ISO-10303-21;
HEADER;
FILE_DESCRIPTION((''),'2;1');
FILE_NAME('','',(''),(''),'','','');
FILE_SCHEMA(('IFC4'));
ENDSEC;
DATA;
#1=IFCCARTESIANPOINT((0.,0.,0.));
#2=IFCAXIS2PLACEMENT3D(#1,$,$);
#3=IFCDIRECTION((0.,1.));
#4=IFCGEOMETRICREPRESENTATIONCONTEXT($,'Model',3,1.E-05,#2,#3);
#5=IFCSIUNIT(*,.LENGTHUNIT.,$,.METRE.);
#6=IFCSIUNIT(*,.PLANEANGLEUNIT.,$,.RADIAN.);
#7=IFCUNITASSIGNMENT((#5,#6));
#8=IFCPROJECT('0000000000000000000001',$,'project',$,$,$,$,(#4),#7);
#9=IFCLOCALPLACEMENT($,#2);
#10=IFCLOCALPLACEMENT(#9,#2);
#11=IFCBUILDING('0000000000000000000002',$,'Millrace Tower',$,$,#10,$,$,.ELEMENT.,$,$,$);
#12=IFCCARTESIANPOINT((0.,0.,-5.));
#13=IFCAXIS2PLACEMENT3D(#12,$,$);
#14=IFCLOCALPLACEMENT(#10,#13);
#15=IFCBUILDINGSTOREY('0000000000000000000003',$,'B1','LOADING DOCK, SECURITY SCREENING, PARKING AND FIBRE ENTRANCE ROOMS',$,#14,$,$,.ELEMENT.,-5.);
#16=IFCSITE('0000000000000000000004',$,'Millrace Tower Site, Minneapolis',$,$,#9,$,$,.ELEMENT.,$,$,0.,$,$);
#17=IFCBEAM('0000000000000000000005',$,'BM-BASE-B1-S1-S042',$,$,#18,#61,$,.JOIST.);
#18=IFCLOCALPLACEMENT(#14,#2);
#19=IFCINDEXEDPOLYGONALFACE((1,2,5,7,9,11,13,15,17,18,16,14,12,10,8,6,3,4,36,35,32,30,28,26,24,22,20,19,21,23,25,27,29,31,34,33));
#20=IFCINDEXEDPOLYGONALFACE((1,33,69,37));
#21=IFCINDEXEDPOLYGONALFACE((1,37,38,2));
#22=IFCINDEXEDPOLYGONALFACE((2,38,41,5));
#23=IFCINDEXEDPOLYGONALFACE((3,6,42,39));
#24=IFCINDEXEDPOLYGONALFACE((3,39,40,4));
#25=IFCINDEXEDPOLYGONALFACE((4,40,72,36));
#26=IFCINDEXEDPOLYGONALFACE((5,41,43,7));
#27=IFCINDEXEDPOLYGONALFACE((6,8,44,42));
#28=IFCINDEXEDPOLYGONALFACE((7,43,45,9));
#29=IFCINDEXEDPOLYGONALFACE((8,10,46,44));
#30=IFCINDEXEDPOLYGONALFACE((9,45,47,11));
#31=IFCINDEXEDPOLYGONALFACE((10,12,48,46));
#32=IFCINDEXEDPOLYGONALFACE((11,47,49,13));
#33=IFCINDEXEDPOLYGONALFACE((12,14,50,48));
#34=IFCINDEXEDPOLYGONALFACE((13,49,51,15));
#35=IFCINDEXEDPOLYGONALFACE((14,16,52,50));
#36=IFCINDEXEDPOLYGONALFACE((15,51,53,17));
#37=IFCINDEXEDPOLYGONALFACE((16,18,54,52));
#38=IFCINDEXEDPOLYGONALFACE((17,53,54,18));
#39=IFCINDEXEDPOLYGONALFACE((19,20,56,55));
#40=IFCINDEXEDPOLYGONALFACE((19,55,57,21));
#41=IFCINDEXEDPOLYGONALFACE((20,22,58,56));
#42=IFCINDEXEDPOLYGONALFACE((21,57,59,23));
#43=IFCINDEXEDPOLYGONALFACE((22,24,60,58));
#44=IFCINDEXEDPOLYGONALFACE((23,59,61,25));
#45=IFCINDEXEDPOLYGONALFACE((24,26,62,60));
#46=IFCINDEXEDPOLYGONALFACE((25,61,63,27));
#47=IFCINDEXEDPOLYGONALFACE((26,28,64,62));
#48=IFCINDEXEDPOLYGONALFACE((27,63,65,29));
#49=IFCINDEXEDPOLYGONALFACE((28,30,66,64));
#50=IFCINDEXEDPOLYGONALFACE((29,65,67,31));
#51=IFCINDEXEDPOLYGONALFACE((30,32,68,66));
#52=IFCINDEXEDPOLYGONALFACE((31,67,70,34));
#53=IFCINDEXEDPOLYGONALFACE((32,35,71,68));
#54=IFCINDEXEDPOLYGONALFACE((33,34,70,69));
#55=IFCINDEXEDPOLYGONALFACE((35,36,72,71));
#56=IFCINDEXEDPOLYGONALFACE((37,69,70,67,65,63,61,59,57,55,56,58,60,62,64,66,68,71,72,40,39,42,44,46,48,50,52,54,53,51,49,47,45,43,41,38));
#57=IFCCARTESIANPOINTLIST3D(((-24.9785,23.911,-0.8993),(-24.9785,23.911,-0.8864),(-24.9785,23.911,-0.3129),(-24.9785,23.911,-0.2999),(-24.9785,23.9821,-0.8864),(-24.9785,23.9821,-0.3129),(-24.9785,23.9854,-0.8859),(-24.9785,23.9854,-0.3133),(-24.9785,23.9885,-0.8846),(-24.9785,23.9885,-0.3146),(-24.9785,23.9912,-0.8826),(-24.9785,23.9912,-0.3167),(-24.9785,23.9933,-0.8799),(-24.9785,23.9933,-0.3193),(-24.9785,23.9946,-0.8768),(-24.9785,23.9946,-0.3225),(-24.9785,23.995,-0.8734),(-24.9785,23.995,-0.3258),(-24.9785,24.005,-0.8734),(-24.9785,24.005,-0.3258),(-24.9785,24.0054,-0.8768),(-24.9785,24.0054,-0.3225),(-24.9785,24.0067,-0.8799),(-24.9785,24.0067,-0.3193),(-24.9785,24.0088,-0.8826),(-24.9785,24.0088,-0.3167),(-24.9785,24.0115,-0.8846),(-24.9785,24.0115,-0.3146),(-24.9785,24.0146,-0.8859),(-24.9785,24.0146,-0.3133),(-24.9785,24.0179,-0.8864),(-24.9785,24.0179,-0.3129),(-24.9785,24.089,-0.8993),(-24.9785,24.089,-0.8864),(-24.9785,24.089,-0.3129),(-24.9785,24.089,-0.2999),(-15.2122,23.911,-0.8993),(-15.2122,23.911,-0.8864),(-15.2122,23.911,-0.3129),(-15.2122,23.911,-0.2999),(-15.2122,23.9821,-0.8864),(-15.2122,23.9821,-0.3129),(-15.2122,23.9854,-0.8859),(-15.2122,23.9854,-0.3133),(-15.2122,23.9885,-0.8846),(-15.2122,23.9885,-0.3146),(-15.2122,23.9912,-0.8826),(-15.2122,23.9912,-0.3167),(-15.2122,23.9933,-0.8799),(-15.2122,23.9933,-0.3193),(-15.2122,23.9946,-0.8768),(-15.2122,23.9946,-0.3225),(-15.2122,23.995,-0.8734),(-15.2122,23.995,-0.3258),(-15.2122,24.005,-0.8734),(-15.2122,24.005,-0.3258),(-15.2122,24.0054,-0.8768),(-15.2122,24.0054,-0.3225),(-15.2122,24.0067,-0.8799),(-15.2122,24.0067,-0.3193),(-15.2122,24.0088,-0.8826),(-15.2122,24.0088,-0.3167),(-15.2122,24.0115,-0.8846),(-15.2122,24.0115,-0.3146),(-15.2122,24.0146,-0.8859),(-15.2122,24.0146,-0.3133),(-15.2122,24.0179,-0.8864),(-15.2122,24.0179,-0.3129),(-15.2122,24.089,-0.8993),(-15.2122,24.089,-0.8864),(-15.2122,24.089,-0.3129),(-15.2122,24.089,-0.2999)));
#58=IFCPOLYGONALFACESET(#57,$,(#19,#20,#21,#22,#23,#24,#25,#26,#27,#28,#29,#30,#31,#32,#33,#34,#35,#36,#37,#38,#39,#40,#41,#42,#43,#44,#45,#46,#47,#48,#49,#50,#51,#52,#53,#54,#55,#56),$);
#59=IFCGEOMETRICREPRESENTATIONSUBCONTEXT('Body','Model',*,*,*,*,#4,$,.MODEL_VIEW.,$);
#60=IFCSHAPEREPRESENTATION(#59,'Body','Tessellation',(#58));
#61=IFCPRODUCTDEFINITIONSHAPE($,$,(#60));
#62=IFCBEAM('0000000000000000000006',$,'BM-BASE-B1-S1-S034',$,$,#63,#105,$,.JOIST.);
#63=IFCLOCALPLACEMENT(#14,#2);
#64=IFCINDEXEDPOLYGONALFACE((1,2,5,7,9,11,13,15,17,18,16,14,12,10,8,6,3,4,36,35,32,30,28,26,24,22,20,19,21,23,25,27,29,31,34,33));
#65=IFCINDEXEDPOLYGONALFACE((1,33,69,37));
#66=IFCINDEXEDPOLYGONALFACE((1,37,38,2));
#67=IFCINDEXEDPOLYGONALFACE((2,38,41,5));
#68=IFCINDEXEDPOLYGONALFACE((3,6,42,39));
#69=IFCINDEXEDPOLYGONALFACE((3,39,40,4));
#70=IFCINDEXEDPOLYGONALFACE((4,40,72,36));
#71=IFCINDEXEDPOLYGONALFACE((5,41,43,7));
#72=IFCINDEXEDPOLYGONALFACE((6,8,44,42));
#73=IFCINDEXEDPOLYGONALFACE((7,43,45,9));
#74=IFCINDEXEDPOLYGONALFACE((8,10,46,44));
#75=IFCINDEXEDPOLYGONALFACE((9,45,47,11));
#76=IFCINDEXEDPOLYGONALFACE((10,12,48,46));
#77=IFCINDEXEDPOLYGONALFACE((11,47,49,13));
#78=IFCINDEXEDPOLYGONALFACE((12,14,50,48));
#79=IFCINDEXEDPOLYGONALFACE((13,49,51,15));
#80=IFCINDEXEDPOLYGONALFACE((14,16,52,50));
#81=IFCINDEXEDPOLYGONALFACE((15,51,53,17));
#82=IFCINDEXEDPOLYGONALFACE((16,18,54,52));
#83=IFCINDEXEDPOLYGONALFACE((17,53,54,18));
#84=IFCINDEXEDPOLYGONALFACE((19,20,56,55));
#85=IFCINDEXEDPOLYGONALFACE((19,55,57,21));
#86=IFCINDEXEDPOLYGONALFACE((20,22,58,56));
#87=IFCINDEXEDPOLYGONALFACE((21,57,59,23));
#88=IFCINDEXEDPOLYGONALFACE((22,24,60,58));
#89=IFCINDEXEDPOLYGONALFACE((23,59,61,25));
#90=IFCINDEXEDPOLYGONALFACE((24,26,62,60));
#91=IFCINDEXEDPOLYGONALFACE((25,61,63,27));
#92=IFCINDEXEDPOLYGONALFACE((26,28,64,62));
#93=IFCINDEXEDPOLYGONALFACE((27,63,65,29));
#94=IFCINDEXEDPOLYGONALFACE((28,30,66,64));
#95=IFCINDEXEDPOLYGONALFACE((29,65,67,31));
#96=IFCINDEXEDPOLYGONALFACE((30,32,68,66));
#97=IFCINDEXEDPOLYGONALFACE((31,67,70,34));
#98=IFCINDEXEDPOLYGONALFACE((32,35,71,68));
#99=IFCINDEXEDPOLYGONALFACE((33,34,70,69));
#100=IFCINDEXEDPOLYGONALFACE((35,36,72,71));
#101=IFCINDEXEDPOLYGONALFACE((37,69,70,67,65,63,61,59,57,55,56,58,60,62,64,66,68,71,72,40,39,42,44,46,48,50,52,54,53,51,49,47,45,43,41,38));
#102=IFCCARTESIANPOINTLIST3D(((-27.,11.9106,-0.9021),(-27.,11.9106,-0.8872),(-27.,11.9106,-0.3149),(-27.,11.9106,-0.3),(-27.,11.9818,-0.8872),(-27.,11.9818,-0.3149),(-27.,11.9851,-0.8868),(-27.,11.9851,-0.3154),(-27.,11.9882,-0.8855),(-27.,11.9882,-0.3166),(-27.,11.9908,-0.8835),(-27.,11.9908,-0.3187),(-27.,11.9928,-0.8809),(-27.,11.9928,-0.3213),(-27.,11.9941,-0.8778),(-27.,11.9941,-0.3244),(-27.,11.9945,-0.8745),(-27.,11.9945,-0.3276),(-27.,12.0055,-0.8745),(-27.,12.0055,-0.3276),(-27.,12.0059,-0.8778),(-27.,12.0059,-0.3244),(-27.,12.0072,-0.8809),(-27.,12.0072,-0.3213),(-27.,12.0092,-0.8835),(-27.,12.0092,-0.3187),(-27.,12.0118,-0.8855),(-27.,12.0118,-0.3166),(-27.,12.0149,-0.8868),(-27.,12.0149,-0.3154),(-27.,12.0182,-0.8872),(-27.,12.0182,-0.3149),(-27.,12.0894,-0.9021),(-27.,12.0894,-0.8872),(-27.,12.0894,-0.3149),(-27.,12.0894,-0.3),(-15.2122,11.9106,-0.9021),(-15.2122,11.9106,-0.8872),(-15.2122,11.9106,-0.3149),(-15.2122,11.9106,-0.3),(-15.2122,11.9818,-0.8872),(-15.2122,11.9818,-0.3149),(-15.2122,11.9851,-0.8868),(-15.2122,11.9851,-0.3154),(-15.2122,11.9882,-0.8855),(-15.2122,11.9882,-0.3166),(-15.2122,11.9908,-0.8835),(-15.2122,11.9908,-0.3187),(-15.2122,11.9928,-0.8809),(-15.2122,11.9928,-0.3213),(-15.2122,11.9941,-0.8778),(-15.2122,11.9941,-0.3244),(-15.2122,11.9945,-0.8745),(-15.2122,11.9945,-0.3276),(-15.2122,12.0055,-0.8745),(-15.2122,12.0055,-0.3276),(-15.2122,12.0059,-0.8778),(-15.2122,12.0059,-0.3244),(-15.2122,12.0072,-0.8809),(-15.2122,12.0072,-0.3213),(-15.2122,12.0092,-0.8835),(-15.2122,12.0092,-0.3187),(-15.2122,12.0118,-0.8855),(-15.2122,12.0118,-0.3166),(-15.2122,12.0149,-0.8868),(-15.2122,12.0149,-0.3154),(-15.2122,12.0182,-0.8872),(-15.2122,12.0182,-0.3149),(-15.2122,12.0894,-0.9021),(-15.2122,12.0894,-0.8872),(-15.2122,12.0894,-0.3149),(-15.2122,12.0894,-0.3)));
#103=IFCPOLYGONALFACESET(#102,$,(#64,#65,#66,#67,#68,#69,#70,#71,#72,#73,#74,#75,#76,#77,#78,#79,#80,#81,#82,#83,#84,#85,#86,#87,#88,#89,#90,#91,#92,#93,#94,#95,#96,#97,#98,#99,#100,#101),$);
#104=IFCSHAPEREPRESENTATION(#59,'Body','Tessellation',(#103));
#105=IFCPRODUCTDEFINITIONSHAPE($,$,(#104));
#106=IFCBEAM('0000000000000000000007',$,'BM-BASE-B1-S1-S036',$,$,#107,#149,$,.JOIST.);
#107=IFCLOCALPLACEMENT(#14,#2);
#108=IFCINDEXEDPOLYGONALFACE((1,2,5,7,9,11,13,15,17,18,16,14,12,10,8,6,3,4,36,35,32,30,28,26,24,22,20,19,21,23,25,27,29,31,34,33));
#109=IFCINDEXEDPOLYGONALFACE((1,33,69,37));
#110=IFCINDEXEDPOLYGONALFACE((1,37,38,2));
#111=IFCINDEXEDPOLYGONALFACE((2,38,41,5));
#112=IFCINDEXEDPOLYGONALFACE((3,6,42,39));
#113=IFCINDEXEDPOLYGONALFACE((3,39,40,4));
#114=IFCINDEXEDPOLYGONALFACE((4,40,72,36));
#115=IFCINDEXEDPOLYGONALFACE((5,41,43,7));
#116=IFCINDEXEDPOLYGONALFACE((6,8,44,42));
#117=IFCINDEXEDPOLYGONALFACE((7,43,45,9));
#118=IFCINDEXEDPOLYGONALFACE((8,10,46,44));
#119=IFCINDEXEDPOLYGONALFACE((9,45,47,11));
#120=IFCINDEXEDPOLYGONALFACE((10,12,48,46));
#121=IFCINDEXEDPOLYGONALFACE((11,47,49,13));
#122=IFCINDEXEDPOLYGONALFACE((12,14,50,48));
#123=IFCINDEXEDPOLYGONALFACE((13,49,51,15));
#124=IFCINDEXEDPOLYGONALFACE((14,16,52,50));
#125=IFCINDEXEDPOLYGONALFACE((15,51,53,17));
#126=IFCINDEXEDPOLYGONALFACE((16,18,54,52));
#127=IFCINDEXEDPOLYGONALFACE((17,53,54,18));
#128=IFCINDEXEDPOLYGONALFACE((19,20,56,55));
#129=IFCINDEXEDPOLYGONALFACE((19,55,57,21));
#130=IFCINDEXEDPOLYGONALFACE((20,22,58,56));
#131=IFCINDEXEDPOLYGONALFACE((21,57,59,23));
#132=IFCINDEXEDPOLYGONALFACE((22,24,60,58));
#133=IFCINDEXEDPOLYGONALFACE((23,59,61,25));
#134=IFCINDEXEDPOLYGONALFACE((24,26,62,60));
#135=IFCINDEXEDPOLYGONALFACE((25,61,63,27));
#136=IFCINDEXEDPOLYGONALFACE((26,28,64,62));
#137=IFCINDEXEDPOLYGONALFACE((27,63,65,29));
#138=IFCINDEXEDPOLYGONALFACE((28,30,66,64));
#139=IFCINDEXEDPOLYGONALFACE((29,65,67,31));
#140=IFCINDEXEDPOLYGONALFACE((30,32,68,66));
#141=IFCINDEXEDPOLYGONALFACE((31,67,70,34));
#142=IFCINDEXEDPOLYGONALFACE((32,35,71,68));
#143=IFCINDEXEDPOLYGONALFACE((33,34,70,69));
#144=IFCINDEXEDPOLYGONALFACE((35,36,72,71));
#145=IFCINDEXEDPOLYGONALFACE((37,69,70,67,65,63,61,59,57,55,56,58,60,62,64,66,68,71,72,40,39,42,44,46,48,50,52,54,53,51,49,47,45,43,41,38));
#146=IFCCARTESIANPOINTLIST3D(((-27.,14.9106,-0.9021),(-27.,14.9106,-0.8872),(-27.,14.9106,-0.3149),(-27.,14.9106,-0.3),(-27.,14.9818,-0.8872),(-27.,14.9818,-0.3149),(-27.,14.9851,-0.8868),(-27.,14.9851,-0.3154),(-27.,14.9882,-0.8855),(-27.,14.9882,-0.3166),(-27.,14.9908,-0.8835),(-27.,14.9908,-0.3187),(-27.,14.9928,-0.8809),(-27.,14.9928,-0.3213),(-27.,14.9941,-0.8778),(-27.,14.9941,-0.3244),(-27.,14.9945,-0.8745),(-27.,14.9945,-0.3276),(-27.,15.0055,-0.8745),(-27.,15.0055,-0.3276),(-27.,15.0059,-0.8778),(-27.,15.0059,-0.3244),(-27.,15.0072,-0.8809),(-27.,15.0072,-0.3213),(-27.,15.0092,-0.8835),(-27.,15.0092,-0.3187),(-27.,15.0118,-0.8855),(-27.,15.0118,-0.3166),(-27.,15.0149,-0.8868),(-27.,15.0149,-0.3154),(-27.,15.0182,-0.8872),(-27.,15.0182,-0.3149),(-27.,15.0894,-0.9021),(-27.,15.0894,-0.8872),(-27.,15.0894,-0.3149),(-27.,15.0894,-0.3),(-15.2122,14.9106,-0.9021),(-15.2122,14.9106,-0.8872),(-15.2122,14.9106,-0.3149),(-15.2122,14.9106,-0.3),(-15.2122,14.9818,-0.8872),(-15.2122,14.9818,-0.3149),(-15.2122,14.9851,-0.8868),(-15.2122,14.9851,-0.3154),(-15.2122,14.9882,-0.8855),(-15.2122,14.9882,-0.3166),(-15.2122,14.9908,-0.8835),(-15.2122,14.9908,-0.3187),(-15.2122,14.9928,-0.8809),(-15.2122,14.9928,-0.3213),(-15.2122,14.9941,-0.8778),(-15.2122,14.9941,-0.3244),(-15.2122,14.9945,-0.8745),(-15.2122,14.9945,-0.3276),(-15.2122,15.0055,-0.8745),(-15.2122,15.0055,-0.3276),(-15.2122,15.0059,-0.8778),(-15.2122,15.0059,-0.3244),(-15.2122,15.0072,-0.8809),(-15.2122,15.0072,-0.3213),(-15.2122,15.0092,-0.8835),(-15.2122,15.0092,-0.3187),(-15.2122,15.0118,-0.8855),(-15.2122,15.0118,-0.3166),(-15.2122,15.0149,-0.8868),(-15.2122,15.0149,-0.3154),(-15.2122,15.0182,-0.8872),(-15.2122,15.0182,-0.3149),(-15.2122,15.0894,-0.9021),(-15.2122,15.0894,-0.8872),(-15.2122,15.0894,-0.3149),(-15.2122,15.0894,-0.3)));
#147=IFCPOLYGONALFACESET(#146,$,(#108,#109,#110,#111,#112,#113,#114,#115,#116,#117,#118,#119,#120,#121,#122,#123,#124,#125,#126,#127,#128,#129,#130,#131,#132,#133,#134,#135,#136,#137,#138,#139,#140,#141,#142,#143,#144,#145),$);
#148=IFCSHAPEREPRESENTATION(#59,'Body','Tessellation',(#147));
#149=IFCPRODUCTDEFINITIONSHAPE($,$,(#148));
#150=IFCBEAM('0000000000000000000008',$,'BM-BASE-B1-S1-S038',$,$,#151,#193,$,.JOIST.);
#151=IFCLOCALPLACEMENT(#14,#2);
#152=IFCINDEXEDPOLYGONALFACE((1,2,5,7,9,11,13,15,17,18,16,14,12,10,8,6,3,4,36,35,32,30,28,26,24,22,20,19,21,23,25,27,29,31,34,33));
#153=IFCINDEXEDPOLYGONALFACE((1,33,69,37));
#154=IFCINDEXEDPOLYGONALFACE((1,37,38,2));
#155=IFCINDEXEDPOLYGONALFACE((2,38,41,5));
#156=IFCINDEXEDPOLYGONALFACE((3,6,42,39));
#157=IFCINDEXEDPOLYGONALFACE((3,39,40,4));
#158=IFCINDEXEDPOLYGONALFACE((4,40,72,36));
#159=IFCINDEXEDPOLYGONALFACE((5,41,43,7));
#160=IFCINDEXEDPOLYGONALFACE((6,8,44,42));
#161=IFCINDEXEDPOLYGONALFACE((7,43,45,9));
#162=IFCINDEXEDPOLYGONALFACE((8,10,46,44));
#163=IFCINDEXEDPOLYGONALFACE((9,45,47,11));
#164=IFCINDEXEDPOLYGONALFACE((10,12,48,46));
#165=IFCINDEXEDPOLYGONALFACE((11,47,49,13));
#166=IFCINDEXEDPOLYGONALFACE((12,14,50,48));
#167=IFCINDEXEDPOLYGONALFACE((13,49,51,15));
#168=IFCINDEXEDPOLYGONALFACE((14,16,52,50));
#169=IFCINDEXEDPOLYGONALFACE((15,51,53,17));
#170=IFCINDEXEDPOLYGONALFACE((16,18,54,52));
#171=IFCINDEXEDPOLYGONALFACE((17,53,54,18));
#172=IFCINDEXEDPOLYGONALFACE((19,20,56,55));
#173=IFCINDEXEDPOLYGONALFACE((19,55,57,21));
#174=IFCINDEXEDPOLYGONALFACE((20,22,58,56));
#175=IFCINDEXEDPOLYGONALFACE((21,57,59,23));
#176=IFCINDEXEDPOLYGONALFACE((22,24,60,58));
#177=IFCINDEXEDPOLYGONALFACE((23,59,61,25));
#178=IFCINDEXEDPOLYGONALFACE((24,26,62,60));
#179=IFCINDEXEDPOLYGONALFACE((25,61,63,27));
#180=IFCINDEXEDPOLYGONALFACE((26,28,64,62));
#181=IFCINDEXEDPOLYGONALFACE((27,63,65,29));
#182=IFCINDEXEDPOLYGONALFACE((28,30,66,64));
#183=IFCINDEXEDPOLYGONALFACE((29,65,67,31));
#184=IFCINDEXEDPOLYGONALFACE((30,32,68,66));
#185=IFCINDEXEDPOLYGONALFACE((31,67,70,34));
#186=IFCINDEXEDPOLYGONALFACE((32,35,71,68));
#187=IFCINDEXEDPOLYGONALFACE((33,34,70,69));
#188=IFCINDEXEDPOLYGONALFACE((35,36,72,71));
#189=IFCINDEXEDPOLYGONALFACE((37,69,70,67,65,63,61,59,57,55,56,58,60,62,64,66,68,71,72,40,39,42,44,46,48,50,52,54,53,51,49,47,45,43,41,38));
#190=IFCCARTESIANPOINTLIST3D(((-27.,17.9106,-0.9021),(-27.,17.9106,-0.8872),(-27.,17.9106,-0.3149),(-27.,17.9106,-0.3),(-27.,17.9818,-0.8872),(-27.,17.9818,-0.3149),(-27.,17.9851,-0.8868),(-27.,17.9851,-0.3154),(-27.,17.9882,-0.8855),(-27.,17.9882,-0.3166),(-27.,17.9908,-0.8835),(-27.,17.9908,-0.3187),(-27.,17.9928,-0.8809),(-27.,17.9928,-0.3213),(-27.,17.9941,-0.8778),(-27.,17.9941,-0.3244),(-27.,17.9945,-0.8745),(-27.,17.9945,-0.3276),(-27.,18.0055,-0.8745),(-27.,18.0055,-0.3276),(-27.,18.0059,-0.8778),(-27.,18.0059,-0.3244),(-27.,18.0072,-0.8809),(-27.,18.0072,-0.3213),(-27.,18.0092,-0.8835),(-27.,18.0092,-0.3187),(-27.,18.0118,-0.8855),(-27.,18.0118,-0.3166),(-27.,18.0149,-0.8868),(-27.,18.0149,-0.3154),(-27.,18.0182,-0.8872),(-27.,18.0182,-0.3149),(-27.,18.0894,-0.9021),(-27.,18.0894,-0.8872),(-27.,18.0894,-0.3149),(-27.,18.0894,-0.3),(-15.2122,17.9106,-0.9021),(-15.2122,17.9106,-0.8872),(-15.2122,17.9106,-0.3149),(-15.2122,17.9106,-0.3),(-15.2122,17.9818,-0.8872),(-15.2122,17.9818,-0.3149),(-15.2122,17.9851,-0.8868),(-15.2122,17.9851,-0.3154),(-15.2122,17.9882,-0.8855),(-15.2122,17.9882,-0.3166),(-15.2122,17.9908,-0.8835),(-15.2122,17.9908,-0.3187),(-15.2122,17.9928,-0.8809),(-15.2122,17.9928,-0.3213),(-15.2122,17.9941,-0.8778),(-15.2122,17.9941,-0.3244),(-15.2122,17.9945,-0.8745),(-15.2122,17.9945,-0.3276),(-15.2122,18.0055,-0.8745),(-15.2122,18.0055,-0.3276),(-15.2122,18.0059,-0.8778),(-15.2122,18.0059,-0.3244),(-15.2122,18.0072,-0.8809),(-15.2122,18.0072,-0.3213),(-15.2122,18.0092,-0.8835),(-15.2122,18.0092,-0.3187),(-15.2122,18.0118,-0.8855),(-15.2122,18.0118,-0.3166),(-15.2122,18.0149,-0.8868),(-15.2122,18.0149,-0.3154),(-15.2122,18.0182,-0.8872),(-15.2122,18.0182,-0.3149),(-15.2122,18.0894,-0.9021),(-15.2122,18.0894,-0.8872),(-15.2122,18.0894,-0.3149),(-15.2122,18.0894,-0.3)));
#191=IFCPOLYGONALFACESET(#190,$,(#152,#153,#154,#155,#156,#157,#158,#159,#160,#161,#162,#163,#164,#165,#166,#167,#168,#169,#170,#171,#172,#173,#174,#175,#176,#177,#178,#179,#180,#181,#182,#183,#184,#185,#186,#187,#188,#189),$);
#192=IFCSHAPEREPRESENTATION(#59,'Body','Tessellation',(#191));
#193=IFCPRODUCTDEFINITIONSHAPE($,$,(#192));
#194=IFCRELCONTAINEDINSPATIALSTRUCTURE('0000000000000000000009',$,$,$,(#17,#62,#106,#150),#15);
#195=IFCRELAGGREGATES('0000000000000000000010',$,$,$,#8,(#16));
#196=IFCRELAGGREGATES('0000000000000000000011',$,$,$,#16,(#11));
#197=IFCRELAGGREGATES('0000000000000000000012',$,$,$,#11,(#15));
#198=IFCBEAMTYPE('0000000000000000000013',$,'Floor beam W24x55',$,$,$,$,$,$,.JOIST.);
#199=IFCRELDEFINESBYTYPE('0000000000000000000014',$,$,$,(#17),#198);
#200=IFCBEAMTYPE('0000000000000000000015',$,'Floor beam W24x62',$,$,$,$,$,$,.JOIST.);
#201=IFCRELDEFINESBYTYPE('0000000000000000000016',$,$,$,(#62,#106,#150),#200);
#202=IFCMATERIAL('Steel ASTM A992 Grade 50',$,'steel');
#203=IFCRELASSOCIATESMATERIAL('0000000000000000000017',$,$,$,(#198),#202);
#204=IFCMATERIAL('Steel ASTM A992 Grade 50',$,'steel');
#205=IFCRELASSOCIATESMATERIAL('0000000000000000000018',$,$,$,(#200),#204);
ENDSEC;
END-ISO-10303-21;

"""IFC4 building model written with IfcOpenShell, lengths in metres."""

from ifc_helpers import new_model, si_unit, direction, frame, origin, origin_2d, place, context, subcontext, project, spatial, i_section, extrude, material, material_profile, profile_set, type_object, element, save


model = new_model("IFC4")

# Units and contexts
model_context = context("Model", 3, precision=1e-05, world=origin(), true_north=direction((0.0, 1.0)))
body_context = subcontext(model_context, "Body", "Model", "MODEL_VIEW")
ifc_project = project(units=[si_unit("LENGTHUNIT", "METRE"), si_unit("PLANEANGLEUNIT", "RADIAN")], contexts=[model_context])

# Site, building, storey
site_placement = place(None, origin())
site = spatial("IfcSite", under=ifc_project, at=site_placement, Name="Millrace Tower Site, Minneapolis", CompositionType="ELEMENT", RefElevation=0.0)
building_placement = place(site_placement, origin())
building = spatial("IfcBuilding", under=site, at=building_placement, Name="Millrace Tower", CompositionType="ELEMENT")
storey_placement = place(building_placement, frame((0.0, 0.0, -5.0)))
storey = spatial("IfcBuildingStorey", under=building, at=storey_placement, Name="B1", Description="LOADING DOCK, SECURITY SCREENING, PARKING AND FIBRE ENTRANCE ROOMS", CompositionType="ELEMENT", Elevation=-5.0)

# Beams
ifc_material_1 = material(Name="Steel ASTM A992 Grade 50", Category="steel")
ifc_material_profile_1 = material_profile(ifc_material_1, i_section(OverallWidth=0.178, OverallDepth=0.5994, WebThickness=0.01, FlangeThickness=0.0129, FilletRadius=0.0129, at=origin_2d()))
ifc_profile_set_1 = profile_set([ifc_material_profile_1], Name="Steel ASTM A992 Grade 50")
beam_type_1 = type_object("IfcBeamType", Name="Floor beam W24x55", PredefinedType="JOIST", material=ifc_profile_set_1)
beam_1_placement = place(storey_placement, frame((-24.9785, 24.0, -0.5996), z_axis=(1.0, 0.0, 0.0), x_axis=(0.0, 1.0, 0.0)))
element("IfcBeam", 1, at=beam_1_placement, inside=storey, type_object=beam_type_1, Name="BM-BASE-B1-S1-S042", PredefinedType="JOIST", context=body_context, shape_type="SweptSolid", body=[
    extrude(i_section(OverallWidth=0.178, OverallDepth=0.5994, WebThickness=0.01, FlangeThickness=0.0129, FilletRadius=0.0129, at=origin_2d()), origin(), (0.0, 0.0, 1.0), 9.7664),
])
ifc_material_2 = material(Name="Steel ASTM A992 Grade 50", Category="steel")
ifc_material_profile_2 = material_profile(ifc_material_2, i_section(OverallWidth=0.1787, OverallDepth=0.6021, WebThickness=0.011, FlangeThickness=0.0149, FilletRadius=0.0127, at=origin_2d()))
ifc_profile_set_2 = profile_set([ifc_material_profile_2], Name="Steel ASTM A992 Grade 50")
beam_type_2 = type_object("IfcBeamType", Name="Floor beam W24x62", PredefinedType="JOIST", material=ifc_profile_set_2)
for number, where, z_axis, x_axis, name in (
    (2, (-27.0, 12.0, -0.6011), (1.0, 0.0, 0.0), (0.0, 1.0, 0.0), "BM-BASE-B1-S1-S034"),
    (3, (-27.0, 15.0, -0.6011), (1.0, 0.0, 0.0), (0.0, 1.0, 0.0), "BM-BASE-B1-S1-S036"),
    (4, (-27.0, 18.0, -0.6011), (1.0, 0.0, 0.0), (0.0, 1.0, 0.0), "BM-BASE-B1-S1-S038"),
):
    element("IfcBeam", number, at=place(storey_placement, frame(where, z_axis=z_axis, x_axis=x_axis)), inside=storey, type_object=beam_type_2, Name=name, PredefinedType="JOIST", context=body_context, shape_type="SweptSolid", body=[
        extrude(i_section(OverallWidth=0.1787, OverallDepth=0.6021, WebThickness=0.011, FlangeThickness=0.0149, FilletRadius=0.0127, at=origin_2d()), origin(), (0.0, 0.0, 1.0), 11.7878),
    ])

save(model, "model.ifc")
